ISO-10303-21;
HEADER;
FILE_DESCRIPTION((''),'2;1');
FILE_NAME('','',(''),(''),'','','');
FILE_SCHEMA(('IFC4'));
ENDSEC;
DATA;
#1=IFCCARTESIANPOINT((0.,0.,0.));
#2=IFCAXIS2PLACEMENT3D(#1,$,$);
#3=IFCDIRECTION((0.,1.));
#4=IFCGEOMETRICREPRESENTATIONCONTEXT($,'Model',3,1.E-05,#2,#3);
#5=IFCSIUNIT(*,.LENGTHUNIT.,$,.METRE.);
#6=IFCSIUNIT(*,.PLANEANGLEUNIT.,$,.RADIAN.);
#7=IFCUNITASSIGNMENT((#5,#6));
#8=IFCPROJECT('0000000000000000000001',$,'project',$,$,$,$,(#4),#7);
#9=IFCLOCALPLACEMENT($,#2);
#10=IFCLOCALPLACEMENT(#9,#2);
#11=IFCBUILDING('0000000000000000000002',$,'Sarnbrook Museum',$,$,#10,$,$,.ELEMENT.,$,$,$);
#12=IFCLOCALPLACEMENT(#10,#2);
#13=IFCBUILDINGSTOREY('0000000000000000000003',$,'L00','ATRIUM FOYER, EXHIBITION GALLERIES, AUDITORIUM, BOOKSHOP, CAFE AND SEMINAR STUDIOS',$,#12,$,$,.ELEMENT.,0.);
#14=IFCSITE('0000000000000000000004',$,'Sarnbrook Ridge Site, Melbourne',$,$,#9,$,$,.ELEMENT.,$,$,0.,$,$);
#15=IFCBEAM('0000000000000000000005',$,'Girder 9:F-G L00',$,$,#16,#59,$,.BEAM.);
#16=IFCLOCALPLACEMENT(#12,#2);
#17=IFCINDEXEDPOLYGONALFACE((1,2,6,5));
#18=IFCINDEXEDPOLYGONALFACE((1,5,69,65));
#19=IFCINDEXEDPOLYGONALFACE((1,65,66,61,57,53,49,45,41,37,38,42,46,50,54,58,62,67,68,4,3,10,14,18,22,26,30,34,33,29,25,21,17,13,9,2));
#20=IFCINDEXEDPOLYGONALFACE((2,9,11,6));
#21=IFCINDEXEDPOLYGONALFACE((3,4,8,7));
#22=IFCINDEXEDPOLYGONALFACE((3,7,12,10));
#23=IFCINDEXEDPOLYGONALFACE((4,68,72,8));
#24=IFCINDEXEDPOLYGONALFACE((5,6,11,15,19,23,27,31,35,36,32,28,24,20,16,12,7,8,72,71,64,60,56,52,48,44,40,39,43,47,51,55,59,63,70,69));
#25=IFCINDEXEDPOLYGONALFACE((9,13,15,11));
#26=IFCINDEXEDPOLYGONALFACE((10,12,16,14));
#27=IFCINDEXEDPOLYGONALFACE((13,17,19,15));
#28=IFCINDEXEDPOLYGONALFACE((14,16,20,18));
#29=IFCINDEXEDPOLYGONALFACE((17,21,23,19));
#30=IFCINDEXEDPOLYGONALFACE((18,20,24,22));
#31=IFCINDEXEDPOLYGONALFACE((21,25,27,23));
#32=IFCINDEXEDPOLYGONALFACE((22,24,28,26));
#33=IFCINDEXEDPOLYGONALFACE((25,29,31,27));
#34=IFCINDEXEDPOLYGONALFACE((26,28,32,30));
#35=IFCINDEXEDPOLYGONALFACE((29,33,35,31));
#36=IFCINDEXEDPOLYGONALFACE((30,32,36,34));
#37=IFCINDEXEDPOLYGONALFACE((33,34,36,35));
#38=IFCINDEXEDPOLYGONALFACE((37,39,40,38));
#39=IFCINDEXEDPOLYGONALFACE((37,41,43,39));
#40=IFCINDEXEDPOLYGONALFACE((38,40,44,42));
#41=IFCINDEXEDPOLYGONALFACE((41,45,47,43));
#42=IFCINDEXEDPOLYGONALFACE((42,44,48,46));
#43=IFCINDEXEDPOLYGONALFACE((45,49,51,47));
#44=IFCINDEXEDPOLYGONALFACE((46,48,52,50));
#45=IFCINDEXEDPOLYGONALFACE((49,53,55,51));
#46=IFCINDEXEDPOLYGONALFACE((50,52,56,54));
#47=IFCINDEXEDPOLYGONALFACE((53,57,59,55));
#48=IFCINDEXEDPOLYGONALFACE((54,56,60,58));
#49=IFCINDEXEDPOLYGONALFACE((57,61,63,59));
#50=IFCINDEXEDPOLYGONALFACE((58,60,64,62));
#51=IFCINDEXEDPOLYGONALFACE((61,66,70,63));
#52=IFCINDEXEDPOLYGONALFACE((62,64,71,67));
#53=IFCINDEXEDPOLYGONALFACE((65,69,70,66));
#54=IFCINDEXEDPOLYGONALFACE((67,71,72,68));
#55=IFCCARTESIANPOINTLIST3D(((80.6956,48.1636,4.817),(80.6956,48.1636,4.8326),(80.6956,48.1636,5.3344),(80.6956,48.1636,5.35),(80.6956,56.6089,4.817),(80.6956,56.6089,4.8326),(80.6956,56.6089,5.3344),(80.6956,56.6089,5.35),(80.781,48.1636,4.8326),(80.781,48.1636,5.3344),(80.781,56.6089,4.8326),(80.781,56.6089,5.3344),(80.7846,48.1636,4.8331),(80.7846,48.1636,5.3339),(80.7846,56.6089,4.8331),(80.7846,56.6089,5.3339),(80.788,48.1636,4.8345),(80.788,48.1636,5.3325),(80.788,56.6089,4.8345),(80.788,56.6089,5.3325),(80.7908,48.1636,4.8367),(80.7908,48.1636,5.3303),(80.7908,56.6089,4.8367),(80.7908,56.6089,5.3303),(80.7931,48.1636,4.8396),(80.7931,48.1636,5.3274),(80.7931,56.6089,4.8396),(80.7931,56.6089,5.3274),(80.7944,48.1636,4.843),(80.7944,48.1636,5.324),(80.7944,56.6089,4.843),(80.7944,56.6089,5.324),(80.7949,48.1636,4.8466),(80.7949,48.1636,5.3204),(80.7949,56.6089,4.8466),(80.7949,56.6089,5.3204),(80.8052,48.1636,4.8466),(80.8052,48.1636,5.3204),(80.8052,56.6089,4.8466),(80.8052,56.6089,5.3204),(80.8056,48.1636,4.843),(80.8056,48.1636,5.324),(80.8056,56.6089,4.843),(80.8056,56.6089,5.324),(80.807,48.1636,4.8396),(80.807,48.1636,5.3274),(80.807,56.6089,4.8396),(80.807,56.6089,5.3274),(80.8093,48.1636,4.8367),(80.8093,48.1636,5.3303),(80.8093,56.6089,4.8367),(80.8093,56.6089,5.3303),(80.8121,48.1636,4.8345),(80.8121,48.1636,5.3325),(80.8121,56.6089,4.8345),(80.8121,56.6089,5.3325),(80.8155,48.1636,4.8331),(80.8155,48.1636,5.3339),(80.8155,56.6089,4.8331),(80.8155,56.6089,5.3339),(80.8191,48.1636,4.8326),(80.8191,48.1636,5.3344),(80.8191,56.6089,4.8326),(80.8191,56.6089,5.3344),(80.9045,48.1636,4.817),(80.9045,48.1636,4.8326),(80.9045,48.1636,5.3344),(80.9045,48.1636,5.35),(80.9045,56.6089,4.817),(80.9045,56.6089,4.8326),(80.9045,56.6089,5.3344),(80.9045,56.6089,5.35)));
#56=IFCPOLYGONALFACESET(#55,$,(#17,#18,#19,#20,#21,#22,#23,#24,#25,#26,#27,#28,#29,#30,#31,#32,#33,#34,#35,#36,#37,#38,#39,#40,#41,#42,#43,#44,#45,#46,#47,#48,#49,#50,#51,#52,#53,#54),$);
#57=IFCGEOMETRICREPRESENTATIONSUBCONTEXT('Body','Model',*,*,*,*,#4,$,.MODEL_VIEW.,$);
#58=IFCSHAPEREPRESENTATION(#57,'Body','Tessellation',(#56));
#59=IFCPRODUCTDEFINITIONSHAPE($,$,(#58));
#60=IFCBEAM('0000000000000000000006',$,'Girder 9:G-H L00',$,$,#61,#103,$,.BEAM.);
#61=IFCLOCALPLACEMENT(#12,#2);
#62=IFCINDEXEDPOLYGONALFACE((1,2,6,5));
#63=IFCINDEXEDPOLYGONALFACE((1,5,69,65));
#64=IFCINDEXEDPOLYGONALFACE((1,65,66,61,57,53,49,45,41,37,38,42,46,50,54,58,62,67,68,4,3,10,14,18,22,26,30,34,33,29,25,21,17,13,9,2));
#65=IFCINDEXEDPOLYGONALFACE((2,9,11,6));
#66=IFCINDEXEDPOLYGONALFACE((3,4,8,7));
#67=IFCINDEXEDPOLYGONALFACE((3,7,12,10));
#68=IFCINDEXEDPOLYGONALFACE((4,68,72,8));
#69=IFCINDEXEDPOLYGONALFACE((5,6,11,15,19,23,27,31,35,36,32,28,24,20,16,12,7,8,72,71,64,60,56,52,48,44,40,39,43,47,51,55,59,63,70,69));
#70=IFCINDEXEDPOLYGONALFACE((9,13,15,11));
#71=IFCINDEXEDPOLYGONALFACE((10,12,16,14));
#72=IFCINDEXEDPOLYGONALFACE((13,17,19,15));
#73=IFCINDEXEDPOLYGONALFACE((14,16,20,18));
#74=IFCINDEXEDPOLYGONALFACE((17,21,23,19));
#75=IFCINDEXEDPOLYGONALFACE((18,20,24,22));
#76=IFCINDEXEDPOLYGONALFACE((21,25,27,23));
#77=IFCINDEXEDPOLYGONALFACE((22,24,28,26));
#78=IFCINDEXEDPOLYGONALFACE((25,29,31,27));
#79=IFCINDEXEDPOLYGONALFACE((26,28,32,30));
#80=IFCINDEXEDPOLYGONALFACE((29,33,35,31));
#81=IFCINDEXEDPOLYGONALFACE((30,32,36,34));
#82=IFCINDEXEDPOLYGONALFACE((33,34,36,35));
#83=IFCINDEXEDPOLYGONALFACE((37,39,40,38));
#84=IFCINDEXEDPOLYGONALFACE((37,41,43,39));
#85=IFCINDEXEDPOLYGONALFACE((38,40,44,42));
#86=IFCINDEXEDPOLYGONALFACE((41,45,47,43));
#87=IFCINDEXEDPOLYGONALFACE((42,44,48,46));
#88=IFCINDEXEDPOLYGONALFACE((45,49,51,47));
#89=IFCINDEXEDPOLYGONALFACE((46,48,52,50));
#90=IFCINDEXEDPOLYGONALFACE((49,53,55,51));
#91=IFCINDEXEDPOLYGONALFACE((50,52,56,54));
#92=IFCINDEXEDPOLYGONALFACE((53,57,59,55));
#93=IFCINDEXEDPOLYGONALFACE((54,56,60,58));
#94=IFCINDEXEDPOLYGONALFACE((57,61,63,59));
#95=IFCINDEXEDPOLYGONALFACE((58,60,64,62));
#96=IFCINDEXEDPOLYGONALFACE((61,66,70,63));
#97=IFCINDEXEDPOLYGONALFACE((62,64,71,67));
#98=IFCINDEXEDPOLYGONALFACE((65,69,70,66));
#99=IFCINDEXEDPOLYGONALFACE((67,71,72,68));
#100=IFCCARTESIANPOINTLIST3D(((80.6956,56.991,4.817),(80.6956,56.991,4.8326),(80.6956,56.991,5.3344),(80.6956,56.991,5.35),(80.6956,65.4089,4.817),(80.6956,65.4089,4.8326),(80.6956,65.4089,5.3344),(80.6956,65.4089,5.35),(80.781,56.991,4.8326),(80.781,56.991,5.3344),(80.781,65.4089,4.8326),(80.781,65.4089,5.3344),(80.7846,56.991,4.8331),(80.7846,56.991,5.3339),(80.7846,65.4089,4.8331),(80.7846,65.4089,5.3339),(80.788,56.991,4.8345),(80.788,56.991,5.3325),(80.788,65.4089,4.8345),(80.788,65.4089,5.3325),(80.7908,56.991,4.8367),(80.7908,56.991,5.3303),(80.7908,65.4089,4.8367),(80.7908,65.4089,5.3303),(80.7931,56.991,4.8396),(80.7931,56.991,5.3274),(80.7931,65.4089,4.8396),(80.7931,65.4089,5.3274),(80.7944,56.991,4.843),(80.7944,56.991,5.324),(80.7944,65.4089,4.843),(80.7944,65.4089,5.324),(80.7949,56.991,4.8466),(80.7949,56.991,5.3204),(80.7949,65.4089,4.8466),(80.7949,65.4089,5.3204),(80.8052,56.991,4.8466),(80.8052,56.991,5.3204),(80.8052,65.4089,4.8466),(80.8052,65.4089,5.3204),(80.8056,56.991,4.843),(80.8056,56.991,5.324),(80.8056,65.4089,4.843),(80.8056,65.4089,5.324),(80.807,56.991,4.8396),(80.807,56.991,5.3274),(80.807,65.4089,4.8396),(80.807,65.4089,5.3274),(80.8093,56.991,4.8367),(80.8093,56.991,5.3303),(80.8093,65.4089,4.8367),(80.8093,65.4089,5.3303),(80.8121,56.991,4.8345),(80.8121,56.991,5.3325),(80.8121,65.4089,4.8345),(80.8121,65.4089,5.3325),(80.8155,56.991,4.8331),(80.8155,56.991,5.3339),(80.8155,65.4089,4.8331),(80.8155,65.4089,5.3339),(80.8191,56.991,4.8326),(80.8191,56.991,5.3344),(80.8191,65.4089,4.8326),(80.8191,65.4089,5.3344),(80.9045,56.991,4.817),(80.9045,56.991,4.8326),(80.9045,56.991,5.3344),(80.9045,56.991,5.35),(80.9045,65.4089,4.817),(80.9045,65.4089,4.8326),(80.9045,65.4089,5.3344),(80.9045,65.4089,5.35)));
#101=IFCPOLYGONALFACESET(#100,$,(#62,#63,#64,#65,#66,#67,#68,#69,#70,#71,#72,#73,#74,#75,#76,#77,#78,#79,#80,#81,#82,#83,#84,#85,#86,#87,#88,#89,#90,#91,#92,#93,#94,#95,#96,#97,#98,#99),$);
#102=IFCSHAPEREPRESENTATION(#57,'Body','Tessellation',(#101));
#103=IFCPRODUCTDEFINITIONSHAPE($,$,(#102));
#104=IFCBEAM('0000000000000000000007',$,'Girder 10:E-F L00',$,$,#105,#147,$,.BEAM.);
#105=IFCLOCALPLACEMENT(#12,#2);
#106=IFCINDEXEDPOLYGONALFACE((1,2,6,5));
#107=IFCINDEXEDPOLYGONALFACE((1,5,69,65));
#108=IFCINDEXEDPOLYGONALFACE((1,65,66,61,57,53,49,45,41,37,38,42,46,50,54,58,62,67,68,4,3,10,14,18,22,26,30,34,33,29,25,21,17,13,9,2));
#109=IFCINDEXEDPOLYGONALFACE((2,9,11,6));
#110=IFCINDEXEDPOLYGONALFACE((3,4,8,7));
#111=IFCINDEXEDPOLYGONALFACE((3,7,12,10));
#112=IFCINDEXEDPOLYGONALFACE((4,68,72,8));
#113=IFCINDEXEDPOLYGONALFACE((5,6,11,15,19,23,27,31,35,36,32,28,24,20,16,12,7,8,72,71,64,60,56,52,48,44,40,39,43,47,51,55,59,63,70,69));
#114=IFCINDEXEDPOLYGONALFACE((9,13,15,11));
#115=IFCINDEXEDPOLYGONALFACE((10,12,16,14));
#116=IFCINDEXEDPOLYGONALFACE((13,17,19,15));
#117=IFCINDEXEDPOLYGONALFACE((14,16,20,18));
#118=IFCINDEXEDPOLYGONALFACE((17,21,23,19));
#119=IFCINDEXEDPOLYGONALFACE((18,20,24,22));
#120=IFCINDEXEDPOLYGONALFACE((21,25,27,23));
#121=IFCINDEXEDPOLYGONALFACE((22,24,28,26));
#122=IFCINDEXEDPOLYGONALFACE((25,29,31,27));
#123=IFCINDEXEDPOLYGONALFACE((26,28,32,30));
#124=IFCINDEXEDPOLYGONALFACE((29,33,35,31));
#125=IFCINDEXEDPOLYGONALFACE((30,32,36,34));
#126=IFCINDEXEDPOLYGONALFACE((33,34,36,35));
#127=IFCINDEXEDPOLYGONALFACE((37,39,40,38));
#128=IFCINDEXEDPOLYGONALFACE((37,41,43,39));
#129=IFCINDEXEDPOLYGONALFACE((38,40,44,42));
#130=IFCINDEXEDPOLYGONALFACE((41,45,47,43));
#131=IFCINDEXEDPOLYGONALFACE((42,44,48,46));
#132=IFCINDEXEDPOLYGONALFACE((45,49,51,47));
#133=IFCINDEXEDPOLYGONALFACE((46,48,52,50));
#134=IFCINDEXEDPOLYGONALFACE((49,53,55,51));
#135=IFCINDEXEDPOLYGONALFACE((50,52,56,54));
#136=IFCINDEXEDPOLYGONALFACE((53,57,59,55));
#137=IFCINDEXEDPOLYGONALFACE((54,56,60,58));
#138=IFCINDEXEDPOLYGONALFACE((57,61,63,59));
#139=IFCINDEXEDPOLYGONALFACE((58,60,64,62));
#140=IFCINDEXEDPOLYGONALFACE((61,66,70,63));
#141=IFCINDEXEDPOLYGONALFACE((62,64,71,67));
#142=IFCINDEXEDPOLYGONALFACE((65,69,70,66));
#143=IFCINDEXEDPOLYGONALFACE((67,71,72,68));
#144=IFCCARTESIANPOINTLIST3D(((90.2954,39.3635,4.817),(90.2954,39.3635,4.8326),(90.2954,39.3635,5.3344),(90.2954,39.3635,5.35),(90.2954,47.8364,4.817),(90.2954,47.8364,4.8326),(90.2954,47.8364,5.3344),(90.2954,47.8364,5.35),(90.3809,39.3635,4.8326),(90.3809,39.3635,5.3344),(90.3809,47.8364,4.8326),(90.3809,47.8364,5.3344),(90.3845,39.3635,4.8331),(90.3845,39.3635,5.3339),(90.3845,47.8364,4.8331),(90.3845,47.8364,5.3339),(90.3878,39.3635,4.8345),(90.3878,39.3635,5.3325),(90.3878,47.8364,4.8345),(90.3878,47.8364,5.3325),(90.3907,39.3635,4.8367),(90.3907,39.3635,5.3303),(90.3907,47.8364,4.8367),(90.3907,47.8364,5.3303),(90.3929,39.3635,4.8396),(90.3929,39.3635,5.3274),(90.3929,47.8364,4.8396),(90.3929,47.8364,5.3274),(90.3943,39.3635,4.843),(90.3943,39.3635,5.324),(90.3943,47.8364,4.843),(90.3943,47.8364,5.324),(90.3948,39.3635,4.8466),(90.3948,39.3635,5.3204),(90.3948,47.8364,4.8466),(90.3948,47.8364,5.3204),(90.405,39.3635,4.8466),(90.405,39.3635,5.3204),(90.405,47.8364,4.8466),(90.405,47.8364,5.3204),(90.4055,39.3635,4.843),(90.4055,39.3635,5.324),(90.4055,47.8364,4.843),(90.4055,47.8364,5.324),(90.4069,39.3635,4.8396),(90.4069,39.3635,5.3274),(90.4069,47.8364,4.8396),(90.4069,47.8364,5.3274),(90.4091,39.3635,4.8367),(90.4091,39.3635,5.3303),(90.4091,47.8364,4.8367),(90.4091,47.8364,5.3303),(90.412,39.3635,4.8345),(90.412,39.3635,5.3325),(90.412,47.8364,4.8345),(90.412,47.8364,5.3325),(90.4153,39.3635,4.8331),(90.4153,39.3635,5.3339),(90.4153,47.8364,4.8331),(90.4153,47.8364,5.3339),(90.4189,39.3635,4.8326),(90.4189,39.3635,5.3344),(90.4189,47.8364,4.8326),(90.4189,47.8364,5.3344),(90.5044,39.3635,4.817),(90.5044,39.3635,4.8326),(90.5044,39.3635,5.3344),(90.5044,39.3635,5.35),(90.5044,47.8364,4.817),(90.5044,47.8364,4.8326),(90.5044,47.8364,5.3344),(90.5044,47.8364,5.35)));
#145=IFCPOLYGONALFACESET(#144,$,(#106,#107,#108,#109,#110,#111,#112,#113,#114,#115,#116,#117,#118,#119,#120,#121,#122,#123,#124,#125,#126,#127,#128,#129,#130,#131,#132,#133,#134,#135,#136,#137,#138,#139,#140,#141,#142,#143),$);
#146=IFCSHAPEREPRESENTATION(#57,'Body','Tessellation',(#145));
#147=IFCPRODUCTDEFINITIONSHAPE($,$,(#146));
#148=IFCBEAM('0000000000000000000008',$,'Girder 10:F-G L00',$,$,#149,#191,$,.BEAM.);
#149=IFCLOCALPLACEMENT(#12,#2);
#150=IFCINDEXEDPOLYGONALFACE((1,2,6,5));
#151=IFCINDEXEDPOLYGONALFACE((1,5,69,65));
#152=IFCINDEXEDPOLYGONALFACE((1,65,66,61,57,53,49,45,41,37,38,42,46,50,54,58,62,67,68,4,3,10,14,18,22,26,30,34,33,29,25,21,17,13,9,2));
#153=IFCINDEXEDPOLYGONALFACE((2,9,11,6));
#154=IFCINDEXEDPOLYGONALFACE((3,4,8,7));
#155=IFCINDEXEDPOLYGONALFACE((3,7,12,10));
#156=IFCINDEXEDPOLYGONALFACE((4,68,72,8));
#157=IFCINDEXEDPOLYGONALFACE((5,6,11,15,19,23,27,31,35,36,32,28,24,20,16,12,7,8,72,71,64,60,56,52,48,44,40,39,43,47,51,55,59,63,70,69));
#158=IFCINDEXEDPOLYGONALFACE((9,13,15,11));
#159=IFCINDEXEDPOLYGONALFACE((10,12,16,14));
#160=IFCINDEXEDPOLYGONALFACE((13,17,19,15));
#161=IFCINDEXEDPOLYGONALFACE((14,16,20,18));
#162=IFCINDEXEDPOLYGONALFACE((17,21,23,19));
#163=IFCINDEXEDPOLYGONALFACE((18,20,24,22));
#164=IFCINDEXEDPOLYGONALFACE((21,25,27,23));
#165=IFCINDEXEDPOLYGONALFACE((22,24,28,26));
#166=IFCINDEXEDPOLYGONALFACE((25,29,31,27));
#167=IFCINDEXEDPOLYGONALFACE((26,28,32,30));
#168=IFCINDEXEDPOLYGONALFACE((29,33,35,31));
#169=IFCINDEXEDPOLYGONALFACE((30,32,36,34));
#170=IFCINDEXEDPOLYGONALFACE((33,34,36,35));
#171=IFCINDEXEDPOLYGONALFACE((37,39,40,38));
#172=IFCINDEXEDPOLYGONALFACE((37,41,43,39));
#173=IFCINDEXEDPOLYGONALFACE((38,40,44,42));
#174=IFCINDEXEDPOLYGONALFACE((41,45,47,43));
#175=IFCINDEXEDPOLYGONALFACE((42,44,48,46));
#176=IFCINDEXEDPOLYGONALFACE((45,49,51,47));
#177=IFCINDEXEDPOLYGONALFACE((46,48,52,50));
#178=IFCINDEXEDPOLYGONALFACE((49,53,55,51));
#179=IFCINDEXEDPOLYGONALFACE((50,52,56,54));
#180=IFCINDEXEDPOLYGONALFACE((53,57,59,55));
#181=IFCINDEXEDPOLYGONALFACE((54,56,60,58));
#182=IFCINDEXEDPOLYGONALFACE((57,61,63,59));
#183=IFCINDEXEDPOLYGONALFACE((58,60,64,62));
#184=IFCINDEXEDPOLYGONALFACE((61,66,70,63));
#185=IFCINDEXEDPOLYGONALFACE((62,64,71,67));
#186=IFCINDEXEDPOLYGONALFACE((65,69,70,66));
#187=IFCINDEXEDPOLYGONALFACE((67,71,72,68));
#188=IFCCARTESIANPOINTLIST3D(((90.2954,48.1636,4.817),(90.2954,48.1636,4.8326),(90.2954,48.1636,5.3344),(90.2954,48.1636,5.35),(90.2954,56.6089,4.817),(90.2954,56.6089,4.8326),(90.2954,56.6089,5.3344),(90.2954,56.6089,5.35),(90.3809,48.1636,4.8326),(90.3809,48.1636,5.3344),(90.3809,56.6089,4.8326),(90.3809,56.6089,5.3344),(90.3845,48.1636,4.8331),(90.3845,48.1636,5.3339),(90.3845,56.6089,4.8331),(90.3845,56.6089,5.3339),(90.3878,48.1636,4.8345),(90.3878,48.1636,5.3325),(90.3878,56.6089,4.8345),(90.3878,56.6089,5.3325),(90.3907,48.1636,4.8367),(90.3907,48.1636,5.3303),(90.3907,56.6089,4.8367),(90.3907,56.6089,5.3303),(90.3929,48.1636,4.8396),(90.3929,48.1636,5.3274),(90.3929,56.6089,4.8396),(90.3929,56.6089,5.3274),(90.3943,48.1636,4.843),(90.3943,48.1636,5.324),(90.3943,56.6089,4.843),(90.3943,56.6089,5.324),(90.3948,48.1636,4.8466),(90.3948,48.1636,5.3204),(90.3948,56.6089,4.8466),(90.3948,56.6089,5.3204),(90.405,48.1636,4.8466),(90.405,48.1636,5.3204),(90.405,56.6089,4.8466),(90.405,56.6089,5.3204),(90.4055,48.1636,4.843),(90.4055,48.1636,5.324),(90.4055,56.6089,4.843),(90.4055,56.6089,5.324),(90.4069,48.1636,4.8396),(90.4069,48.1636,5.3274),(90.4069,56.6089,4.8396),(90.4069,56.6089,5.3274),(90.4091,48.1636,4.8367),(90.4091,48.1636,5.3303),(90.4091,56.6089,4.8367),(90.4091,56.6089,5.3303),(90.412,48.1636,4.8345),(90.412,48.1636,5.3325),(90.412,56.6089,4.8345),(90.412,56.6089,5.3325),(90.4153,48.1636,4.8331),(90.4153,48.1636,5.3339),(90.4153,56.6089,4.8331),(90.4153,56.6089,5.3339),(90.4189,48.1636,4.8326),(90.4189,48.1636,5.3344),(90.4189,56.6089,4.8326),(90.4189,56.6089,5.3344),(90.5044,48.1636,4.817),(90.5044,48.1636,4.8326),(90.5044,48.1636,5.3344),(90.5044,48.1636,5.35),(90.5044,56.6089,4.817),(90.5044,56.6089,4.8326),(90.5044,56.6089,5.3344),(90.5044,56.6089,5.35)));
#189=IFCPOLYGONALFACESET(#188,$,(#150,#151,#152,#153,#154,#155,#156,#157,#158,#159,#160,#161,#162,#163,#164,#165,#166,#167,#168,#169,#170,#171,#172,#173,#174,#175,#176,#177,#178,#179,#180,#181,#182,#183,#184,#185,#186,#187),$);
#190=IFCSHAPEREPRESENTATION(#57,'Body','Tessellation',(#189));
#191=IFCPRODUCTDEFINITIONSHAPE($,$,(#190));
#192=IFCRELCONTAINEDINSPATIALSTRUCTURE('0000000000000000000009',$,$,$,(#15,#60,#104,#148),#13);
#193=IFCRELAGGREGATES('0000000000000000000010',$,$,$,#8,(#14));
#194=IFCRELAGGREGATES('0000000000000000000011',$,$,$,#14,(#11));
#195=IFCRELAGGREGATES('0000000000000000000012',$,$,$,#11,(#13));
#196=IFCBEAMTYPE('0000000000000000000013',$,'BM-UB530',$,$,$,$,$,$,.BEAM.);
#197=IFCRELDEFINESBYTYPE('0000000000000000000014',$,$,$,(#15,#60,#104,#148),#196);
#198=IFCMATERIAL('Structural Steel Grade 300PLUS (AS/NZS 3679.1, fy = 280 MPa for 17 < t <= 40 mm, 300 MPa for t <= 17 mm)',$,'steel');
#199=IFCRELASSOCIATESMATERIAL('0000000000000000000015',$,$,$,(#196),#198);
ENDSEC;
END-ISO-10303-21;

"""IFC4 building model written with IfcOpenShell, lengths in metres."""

from ifc_helpers import new_model, si_unit, direction, frame, origin, origin_2d, place, context, subcontext, project, spatial, i_section, extrude, material, material_profile, profile_set, type_object, element, save


model = new_model("IFC4")

# Units and contexts
model_context = context("Model", 3, precision=1e-05, world=origin(), true_north=direction((0.0, 1.0)))
body_context = subcontext(model_context, "Body", "Model", "MODEL_VIEW")
ifc_project = project(units=[si_unit("LENGTHUNIT", "METRE"), si_unit("PLANEANGLEUNIT", "RADIAN")], contexts=[model_context])

# Site, building, storey
site_placement = place(None, origin())
site = spatial("IfcSite", under=ifc_project, at=site_placement, Name="Sarnbrook Ridge Site, Melbourne", CompositionType="ELEMENT", RefElevation=0.0)
building_placement = place(site_placement, origin())
building = spatial("IfcBuilding", under=site, at=building_placement, Name="Sarnbrook Museum", CompositionType="ELEMENT")
storey_placement = place(building_placement, origin())
storey = spatial("IfcBuildingStorey", under=building, at=storey_placement, Name="L00", Description="ATRIUM FOYER, EXHIBITION GALLERIES, AUDITORIUM, BOOKSHOP, CAFE AND SEMINAR STUDIOS", CompositionType="ELEMENT", Elevation=0.0)

# Shared definitions
ifc_material_1 = material(Name="Structural Steel Grade 300PLUS (AS/NZS 3679.1, fy = 280 MPa for 17 < t <= 40 mm, 300 MPa for t <= 17 mm)", Category="steel")

# Beams
ifc_material_profile_1 = material_profile(ifc_material_1, i_section(OverallWidth=0.209, OverallDepth=0.533, WebThickness=0.0103, FlangeThickness=0.0156, FilletRadius=0.0139, at=origin_2d()), Name="530UB92.4")
ifc_profile_set_1 = profile_set([ifc_material_profile_1], Name="Structural Steel Grade 300PLUS (AS/NZS 3679.1, fy = 280 MPa for 17 < t <= 40 mm, 300 MPa for t <= 17 mm)")
beam_type_1 = type_object("IfcBeamType", Name="BM-UB530", PredefinedType="BEAM", material=ifc_profile_set_1)
beam_1_placement = place(storey_placement, frame((80.8, 48.1636, 5.0835), z_axis=(0.0, 1.0, 0.0), x_axis=(-1.0, 0.0, 0.0)))
element("IfcBeam", 1, at=beam_1_placement, inside=storey, type_object=beam_type_1, Name="Girder 9:F-G L00", PredefinedType="BEAM", context=body_context, shape_type="SweptSolid", body=[
    extrude(i_section(OverallWidth=0.209, OverallDepth=0.533, WebThickness=0.0103, FlangeThickness=0.0156, FilletRadius=0.0139, at=origin_2d()), origin(), (0.0, 0.0, 1.0), 8.4453),
])
beam_2_placement = place(storey_placement, frame((80.8, 56.991, 5.0835), z_axis=(0.0, 1.0, 0.0), x_axis=(-1.0, 0.0, 0.0)))
element("IfcBeam", 2, at=beam_2_placement, inside=storey, type_object=beam_type_1, Name="Girder 9:G-H L00", PredefinedType="BEAM", context=body_context, shape_type="SweptSolid", body=[
    extrude(i_section(OverallWidth=0.209, OverallDepth=0.533, WebThickness=0.0103, FlangeThickness=0.0156, FilletRadius=0.0139, at=origin_2d()), origin(), (0.0, 0.0, 1.0), 8.418),
])
beam_3_placement = place(storey_placement, frame((90.3999, 39.3635, 5.0835), z_axis=(0.0, 1.0, 0.0), x_axis=(-1.0, 0.0, 0.0)))
element("IfcBeam", 3, at=beam_3_placement, inside=storey, type_object=beam_type_1, Name="Girder 10:E-F L00", PredefinedType="BEAM", context=body_context, shape_type="SweptSolid", body=[
    extrude(i_section(OverallWidth=0.209, OverallDepth=0.533, WebThickness=0.0103, FlangeThickness=0.0156, FilletRadius=0.0139, at=origin_2d()), origin(), (0.0, 0.0, 1.0), 8.4729),
])
beam_4_placement = place(storey_placement, frame((90.3999, 48.1636, 5.0835), z_axis=(0.0, 1.0, 0.0), x_axis=(-1.0, 0.0, 0.0)))
element("IfcBeam", 4, at=beam_4_placement, inside=storey, type_object=beam_type_1, Name="Girder 10:F-G L00", PredefinedType="BEAM", context=body_context, shape_type="SweptSolid", body=[
    extrude(i_section(OverallWidth=0.209, OverallDepth=0.533, WebThickness=0.0103, FlangeThickness=0.0156, FilletRadius=0.0139, at=origin_2d()), origin(), (0.0, 0.0, 1.0), 8.4453),
])

save(model, "model.ifc")
